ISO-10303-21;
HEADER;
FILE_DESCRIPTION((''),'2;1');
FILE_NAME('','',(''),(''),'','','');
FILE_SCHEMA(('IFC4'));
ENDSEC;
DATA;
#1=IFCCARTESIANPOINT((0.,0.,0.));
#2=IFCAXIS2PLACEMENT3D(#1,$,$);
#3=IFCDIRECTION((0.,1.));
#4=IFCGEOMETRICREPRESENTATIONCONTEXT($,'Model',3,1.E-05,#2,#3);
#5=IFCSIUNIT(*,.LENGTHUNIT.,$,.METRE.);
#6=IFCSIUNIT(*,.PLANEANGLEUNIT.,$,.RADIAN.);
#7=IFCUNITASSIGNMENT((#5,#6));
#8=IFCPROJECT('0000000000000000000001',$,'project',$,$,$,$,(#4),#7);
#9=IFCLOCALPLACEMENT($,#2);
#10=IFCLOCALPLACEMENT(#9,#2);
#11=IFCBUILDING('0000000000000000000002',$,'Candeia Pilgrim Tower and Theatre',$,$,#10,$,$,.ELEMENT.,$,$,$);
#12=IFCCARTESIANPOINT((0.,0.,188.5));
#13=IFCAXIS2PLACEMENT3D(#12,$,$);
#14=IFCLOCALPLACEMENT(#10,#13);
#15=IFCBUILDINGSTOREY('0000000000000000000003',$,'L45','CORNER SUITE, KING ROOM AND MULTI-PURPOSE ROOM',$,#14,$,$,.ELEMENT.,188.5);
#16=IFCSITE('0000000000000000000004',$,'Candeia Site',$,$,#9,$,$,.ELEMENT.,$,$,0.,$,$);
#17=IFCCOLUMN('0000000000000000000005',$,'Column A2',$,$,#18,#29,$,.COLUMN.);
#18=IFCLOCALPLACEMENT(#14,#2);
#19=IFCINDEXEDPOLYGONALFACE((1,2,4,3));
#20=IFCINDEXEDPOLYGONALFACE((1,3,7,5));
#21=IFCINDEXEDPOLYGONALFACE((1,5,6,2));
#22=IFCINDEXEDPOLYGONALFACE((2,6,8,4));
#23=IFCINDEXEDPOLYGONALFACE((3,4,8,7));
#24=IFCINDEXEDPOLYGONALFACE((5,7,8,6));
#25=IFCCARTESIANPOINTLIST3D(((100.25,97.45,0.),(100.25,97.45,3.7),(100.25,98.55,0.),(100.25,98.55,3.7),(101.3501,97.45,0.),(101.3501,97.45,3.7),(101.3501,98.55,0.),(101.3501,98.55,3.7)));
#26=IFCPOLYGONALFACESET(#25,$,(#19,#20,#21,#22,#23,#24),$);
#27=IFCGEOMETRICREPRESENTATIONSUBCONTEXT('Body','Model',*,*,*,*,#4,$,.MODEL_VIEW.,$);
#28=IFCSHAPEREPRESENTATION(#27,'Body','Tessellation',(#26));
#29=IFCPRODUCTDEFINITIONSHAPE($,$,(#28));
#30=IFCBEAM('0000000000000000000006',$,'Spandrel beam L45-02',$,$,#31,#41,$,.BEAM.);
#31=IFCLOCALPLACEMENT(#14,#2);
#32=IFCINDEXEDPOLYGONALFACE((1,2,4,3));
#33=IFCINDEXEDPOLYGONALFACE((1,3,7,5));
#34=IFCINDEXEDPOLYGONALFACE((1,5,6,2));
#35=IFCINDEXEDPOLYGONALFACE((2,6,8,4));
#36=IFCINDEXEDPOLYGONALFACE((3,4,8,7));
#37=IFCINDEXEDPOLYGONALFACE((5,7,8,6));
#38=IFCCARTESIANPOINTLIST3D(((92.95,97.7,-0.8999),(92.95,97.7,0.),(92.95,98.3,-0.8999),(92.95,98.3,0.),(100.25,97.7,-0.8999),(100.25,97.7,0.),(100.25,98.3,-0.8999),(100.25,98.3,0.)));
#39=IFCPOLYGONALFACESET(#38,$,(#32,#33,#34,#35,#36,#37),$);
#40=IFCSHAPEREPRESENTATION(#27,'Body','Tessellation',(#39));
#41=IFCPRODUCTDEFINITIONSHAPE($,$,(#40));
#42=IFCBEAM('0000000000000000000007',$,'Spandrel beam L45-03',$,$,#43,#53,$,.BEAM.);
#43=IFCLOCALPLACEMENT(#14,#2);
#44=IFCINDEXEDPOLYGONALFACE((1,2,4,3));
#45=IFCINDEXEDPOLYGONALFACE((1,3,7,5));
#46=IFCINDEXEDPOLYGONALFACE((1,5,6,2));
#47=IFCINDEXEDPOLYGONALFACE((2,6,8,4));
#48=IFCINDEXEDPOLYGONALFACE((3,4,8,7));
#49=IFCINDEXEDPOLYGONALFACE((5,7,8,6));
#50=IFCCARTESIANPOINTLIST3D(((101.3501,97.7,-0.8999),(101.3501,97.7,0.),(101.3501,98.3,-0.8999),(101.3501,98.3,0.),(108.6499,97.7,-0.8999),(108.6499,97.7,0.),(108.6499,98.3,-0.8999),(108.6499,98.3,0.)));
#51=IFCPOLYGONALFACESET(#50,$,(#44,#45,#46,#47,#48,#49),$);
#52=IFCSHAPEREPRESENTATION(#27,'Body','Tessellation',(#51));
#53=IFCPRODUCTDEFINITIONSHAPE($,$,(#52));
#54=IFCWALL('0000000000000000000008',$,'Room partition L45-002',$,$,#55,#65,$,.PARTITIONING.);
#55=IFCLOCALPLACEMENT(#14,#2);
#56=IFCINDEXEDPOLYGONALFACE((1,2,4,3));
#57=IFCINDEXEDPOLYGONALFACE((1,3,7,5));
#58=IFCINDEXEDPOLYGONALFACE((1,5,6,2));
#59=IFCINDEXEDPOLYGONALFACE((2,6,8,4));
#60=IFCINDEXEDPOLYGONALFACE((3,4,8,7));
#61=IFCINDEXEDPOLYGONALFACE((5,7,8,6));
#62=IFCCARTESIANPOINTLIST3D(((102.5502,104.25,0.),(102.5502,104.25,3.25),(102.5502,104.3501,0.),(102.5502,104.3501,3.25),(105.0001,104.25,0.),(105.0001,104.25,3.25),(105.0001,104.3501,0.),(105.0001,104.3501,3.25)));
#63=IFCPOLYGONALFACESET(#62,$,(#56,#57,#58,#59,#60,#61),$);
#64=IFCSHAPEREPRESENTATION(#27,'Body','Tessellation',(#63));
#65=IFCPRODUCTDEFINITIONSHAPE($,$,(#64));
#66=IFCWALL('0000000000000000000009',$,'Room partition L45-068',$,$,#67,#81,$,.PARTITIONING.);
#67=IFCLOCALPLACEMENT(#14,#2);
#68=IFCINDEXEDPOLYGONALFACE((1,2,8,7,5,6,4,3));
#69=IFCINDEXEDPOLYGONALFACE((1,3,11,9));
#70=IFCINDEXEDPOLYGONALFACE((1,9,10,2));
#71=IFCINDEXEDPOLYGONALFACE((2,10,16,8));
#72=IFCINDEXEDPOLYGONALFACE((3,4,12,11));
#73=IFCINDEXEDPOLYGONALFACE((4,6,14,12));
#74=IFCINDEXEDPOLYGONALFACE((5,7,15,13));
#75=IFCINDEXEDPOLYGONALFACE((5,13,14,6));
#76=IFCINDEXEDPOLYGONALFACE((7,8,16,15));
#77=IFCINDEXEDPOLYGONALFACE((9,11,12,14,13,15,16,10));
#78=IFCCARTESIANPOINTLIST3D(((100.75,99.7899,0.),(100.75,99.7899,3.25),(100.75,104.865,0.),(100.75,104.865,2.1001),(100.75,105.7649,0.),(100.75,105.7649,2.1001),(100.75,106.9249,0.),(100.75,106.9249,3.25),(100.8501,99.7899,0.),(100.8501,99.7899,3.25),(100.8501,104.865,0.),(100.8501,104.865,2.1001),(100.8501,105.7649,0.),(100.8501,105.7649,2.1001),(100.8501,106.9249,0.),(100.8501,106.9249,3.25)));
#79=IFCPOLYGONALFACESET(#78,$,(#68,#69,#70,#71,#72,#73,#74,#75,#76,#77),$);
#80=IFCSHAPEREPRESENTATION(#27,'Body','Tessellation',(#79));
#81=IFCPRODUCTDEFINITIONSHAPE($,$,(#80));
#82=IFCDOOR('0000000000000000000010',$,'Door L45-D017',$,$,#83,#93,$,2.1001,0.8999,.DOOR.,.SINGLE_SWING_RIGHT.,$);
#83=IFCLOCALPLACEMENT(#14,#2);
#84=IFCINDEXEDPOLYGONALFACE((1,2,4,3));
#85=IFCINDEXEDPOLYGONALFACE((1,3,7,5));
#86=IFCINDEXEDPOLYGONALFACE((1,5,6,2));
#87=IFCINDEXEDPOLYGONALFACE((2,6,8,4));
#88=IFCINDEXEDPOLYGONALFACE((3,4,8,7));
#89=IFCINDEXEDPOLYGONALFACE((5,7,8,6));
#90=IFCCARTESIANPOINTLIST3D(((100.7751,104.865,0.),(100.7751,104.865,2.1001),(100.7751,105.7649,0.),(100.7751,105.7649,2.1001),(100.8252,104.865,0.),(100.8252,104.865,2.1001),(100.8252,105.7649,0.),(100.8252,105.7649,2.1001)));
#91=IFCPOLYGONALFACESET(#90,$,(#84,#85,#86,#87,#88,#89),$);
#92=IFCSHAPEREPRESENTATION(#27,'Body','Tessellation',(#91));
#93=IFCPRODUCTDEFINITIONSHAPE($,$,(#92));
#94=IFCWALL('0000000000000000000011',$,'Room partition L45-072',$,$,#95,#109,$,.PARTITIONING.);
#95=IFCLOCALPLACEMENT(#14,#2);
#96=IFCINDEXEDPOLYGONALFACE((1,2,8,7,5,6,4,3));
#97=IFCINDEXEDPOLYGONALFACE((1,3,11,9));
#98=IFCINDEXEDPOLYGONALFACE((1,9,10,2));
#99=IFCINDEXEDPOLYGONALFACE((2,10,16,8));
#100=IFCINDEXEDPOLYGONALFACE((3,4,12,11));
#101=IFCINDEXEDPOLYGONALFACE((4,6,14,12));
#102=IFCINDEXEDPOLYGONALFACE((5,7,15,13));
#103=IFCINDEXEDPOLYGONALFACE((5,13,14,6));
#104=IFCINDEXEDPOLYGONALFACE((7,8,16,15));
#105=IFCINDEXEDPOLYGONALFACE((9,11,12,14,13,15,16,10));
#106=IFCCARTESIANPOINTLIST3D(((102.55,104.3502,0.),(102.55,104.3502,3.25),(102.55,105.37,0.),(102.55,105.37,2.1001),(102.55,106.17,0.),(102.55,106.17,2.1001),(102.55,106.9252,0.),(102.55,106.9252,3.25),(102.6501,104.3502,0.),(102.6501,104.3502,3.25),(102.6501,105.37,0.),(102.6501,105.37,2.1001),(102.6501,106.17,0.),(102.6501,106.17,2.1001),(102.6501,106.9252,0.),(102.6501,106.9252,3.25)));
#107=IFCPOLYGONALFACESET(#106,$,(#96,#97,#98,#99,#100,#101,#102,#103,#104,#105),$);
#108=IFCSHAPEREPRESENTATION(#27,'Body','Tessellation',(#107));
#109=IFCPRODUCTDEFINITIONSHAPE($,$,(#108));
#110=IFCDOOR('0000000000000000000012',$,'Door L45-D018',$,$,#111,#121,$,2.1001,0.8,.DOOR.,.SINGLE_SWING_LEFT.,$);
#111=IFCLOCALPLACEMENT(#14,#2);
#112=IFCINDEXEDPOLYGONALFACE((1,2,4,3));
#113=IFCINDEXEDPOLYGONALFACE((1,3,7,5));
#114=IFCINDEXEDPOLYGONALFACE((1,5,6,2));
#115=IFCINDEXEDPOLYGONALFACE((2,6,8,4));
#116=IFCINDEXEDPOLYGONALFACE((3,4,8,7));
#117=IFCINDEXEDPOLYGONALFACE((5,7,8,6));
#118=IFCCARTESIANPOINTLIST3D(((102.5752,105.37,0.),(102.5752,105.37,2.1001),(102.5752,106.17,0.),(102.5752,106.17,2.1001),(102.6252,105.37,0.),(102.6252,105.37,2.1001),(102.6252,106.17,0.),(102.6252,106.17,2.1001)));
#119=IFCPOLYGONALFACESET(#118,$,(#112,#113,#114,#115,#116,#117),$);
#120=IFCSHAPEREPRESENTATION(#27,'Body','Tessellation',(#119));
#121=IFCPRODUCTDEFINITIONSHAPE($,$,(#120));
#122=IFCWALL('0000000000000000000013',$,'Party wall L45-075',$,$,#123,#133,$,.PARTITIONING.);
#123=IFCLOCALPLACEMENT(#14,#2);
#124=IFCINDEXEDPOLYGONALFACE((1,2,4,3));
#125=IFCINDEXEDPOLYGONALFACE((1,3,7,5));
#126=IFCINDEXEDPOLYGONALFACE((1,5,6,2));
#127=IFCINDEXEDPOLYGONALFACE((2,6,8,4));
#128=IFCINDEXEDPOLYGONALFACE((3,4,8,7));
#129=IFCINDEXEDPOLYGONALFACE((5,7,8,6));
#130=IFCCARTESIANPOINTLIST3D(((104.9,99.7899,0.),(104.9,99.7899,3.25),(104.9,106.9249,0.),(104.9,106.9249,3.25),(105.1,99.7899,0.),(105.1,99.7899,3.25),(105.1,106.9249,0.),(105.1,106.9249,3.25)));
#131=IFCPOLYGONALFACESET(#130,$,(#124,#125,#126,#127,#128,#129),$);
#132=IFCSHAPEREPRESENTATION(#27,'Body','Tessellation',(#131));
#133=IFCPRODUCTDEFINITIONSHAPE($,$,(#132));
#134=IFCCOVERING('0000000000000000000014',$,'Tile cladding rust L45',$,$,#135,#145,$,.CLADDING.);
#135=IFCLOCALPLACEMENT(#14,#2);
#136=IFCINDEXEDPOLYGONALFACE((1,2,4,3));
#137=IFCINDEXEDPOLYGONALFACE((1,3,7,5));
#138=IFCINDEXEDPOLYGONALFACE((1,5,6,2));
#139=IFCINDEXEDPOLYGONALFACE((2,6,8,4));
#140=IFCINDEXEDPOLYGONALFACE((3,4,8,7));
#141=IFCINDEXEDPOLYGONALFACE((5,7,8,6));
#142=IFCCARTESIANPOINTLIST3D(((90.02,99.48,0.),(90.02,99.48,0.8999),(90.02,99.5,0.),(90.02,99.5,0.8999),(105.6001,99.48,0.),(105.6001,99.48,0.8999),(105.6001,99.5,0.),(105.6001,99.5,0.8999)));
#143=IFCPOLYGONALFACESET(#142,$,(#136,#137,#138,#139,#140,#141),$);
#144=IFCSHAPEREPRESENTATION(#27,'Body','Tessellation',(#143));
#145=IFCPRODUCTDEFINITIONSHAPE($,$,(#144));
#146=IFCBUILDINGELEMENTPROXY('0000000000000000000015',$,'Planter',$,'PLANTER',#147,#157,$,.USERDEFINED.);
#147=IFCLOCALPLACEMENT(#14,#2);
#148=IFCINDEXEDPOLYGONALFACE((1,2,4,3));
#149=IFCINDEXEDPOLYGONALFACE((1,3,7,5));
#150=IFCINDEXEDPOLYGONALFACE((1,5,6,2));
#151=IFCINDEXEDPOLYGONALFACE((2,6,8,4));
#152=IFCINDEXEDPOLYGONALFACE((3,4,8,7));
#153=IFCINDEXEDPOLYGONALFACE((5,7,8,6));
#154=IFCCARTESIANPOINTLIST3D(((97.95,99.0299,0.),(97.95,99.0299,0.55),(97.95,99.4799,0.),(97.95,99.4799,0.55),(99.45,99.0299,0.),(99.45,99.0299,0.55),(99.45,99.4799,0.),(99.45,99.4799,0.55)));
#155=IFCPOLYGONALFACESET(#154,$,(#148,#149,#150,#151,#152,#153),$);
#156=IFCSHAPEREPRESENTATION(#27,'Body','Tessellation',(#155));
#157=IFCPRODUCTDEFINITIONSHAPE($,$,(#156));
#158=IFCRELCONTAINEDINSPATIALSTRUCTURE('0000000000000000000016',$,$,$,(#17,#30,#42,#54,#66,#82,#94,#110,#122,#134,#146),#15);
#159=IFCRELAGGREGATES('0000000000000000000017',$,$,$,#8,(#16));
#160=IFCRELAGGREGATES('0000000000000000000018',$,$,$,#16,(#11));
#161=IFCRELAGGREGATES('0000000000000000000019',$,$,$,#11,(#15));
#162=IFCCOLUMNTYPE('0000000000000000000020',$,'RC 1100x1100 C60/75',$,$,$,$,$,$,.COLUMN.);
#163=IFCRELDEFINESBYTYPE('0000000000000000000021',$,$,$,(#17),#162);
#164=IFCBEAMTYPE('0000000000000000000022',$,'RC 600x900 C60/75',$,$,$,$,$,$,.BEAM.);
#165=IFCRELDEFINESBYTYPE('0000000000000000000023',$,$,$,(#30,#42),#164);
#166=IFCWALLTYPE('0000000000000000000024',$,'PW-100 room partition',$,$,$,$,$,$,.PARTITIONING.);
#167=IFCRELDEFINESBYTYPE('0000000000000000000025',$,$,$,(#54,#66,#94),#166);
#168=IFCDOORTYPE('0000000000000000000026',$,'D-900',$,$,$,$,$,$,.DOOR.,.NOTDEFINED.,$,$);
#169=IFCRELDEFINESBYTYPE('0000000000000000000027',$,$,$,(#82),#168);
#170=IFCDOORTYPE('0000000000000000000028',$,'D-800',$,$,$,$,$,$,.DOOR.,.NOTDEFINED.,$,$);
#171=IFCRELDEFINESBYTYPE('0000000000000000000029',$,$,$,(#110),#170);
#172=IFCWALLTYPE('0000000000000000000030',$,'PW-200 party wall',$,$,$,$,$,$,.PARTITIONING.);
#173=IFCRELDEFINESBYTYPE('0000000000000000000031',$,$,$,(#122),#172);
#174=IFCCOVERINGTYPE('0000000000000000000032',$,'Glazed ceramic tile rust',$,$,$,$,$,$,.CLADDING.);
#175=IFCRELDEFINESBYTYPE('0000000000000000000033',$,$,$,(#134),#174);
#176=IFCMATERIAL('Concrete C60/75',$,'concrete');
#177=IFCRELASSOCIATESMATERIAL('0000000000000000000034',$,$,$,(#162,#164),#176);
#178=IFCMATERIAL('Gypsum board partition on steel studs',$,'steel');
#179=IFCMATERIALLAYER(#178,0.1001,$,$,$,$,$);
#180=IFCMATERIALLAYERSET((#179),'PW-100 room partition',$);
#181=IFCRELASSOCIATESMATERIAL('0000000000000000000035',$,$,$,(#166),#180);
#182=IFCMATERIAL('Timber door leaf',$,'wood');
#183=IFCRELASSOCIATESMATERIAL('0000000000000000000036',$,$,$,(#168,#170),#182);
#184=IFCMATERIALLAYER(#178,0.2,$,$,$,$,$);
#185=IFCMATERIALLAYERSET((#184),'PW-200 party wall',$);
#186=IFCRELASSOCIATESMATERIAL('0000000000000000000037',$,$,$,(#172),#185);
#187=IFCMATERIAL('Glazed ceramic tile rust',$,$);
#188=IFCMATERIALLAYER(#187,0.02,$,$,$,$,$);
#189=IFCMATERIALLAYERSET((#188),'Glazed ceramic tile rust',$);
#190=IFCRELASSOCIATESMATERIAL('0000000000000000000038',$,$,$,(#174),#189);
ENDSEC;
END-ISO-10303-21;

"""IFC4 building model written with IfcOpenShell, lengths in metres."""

from ifc_helpers import new_model, si_unit, direction, frame, frame_2d, origin, origin_2d, place, context, subcontext, project, spatial, rectangle, extrude, material, layer, layer_set, material_profile, profile_set, type_object, element, fill, save


model = new_model("IFC4")

# Units and contexts
model_context = context("Model", 3, precision=1e-05, world=origin(), true_north=direction((0.0, 1.0)))
body_context = subcontext(model_context, "Body", "Model", "MODEL_VIEW")
ifc_project = project(units=[si_unit("LENGTHUNIT", "METRE"), si_unit("PLANEANGLEUNIT", "RADIAN")], contexts=[model_context])

# Site, building, storey
site_placement = place(None, origin())
site = spatial("IfcSite", under=ifc_project, at=site_placement, Name="Candeia Site", CompositionType="ELEMENT", RefElevation=0.0)
building_placement = place(site_placement, origin())
building = spatial("IfcBuilding", under=site, at=building_placement, Name="Candeia Pilgrim Tower and Theatre", CompositionType="ELEMENT")
storey_placement = place(building_placement, frame((0.0, 0.0, 188.5)))
storey = spatial("IfcBuildingStorey", under=building, at=storey_placement, Name="L45", Description="CORNER SUITE, KING ROOM AND MULTI-PURPOSE ROOM", CompositionType="ELEMENT", Elevation=188.5)

# Column
ifc_material_1 = material(Name="Concrete C60/75", Category="concrete")
ifc_material_profile_1 = material_profile(ifc_material_1, rectangle(XDim=1.1001, YDim=1.1001, at=origin_2d()))
ifc_profile_set_1 = profile_set([ifc_material_profile_1], Name="Concrete C60/75")
column_type = type_object("IfcColumnType", Name="RC 1100x1100 C60/75", PredefinedType="COLUMN", material=ifc_profile_set_1)
column_placement = place(storey_placement, frame((100.8, 98.0, 0.0), z_axis=(0.0, 0.0, 1.0), x_axis=(1.0, 0.0, 0.0)))
element("IfcColumn", 1, at=column_placement, inside=storey, type_object=column_type, Name="Column A2", PredefinedType="COLUMN", context=body_context, shape_type="SweptSolid", body=[
    extrude(rectangle(XDim=1.1001, YDim=1.1001, at=origin_2d()), origin(), (0.0, 0.0, 1.0), 3.7),
])

# Beams
ifc_material_profile_2 = material_profile(ifc_material_1, rectangle(XDim=0.6001, YDim=0.8999, at=origin_2d()))
ifc_profile_set_2 = profile_set([ifc_material_profile_2], Name="Concrete C60/75")
beam_type = type_object("IfcBeamType", Name="RC 600x900 C60/75", PredefinedType="BEAM", material=ifc_profile_set_2)
beam_1_placement = place(storey_placement, frame((92.95, 98.0, -0.45), z_axis=(1.0, 0.0, 0.0), x_axis=(0.0, 1.0, 0.0)))
element("IfcBeam", 2, at=beam_1_placement, inside=storey, type_object=beam_type, Name="Spandrel beam L45-02", PredefinedType="BEAM", context=body_context, shape_type="SweptSolid", body=[
    extrude(rectangle(XDim=0.6001, YDim=0.8999, at=origin_2d()), origin(), (0.0, 0.0, 1.0), 7.3),
])
beam_2_placement = place(storey_placement, frame((101.3501, 98.0, -0.45), z_axis=(1.0, 0.0, 0.0), x_axis=(0.0, 1.0, 0.0)))
element("IfcBeam", 3, at=beam_2_placement, inside=storey, type_object=beam_type, Name="Spandrel beam L45-03", PredefinedType="BEAM", context=body_context, shape_type="SweptSolid", body=[
    extrude(rectangle(XDim=0.6001, YDim=0.8999, at=origin_2d()), origin(), (0.0, 0.0, 1.0), 7.2998),
])

# Wall
ifc_material_2 = material(Name="Gypsum board partition on steel studs", Category="steel")
ifc_layer_1 = layer(ifc_material_2, 0.1001)
ifc_layer_set_1 = layer_set([ifc_layer_1], Name="PW-100 room partition")
wall_type_1 = type_object("IfcWallType", Name="PW-100 room partition", PredefinedType="PARTITIONING", material=ifc_layer_set_1)
wall_1_placement = place(storey_placement, frame((102.55, 104.3, 0.0), z_axis=(0.0, 0.0, 1.0), x_axis=(1.0, 0.0, 0.0)))
element("IfcWall", 4, at=wall_1_placement, inside=storey, type_object=wall_type_1, Name="Room partition L45-002", PredefinedType="PARTITIONING", context=body_context, shape_type="SweptSolid", body=[
    extrude(rectangle(XDim=2.45, YDim=0.1001, at=frame_2d((1.2251, 0.0))), origin(), (0.0, 0.0, 1.0), 3.25),
])

# Walls, openings, doors
wall_2_placement = place(storey_placement, frame((100.8, 99.79, 0.0), z_axis=(0.0, 0.0, 1.0), x_axis=(0.0, 1.0, 0.0)))
wall_2 = element("IfcWall", 5, at=wall_2_placement, inside=storey, type_object=wall_type_1, Name="Room partition L45-068", PredefinedType="PARTITIONING", context=body_context, shape_type="SweptSolid", body=[
    extrude(rectangle(XDim=7.135, YDim=0.1001, at=frame_2d((3.5674, 0.0))), origin(), (0.0, 0.0, 1.0), 3.25),
])
opening_1_placement = place(wall_2_placement, frame((5.075, 0.0, 0.0)))
opening_1 = element("IfcOpeningElement", 6, at=opening_1_placement, cuts=wall_2, PredefinedType="OPENING", context=body_context, shape_type="SweptSolid", body=[
    extrude(rectangle(XDim=0.8999, YDim=2.1001, at=frame_2d((0.45, 1.05))), frame((0.0, 0.0601, 0.0), z_axis=(0.0, -1.0, 0.0), x_axis=(1.0, 0.0, 0.0)), (0.0, 0.0, 1.0), 0.1201),
])
ifc_material_3 = material(Name="Timber door leaf", Category="wood")
door_type_1 = type_object("IfcDoorType", Name="D-900", OperationType="NOTDEFINED", PredefinedType="DOOR", material=ifc_material_3)
door_1_placement = place(opening_1_placement, origin())
door_1 = element("IfcDoor", 7, at=door_1_placement, inside=storey, type_object=door_type_1, Name="Door L45-D017", OperationType="SINGLE_SWING_RIGHT", OverallHeight=2.1001, OverallWidth=0.8999, PredefinedType="DOOR", context=body_context, shape_type="SweptSolid", body=[
    extrude(rectangle(XDim=0.8999, YDim=2.1001, at=frame_2d((0.45, 1.05))), frame((0.0, 0.0249, 0.0), z_axis=(0.0, -1.0, 0.0), x_axis=(1.0, 0.0, 0.0)), (0.0, 0.0, 1.0), 0.05),
])
fill(opening_1, door_1)
wall_3_placement = place(storey_placement, frame((102.6001, 104.3501, 0.0), z_axis=(0.0, 0.0, 1.0), x_axis=(0.0, 1.0, 0.0)))
wall_3 = element("IfcWall", 8, at=wall_3_placement, inside=storey, type_object=wall_type_1, Name="Room partition L45-072", PredefinedType="PARTITIONING", context=body_context, shape_type="SweptSolid", body=[
    extrude(rectangle(XDim=2.575, YDim=0.1001, at=frame_2d((1.2876, 0.0))), origin(), (0.0, 0.0, 1.0), 3.25),
])
opening_2_placement = place(wall_3_placement, frame((1.02, 0.0, 0.0)))
opening_2 = element("IfcOpeningElement", 9, at=opening_2_placement, cuts=wall_3, PredefinedType="OPENING", context=body_context, shape_type="SweptSolid", body=[
    extrude(rectangle(XDim=0.8, YDim=2.1001, at=frame_2d((0.3999, 1.05))), frame((0.0, 0.0601, 0.0), z_axis=(0.0, -1.0, 0.0), x_axis=(1.0, 0.0, 0.0)), (0.0, 0.0, 1.0), 0.1201),
])
door_type_2 = type_object("IfcDoorType", Name="D-800", OperationType="NOTDEFINED", PredefinedType="DOOR", material=ifc_material_3)
door_2_placement = place(opening_2_placement, origin())
door_2 = element("IfcDoor", 10, at=door_2_placement, inside=storey, type_object=door_type_2, Name="Door L45-D018", OperationType="SINGLE_SWING_LEFT", OverallHeight=2.1001, OverallWidth=0.8, PredefinedType="DOOR", context=body_context, shape_type="SweptSolid", body=[
    extrude(rectangle(XDim=0.8, YDim=2.1001, at=frame_2d((0.3999, 1.05))), frame((0.0, 0.0249, 0.0), z_axis=(0.0, -1.0, 0.0), x_axis=(1.0, 0.0, 0.0)), (0.0, 0.0, 1.0), 0.05),
])
fill(opening_2, door_2)

# Wall
ifc_layer_2 = layer(ifc_material_2, 0.2)
ifc_layer_set_2 = layer_set([ifc_layer_2], Name="PW-200 party wall")
wall_type_2 = type_object("IfcWallType", Name="PW-200 party wall", PredefinedType="PARTITIONING", material=ifc_layer_set_2)
wall_4_placement = place(storey_placement, frame((105.0, 99.79, 0.0), z_axis=(0.0, 0.0, 1.0), x_axis=(0.0, 1.0, 0.0)))
element("IfcWall", 11, at=wall_4_placement, inside=storey, type_object=wall_type_2, Name="Party wall L45-075", PredefinedType="PARTITIONING", context=body_context, shape_type="SweptSolid", body=[
    extrude(rectangle(XDim=7.135, YDim=0.2, at=frame_2d((3.5674, 0.0))), origin(), (0.0, 0.0, 1.0), 3.25),
])

# Covering
ifc_material_4 = material(Name="Glazed ceramic tile rust")
ifc_layer_3 = layer(ifc_material_4, 0.02)
ifc_layer_set_3 = layer_set([ifc_layer_3], Name="Glazed ceramic tile rust")
covering_type = type_object("IfcCoveringType", Name="Glazed ceramic tile rust", PredefinedType="CLADDING", material=ifc_layer_set_3)
covering_placement = place(storey_placement, frame((97.8101, 99.49, 0.0), z_axis=(0.0, 0.0, 1.0), x_axis=(1.0, 0.0, 0.0)))
element("IfcCovering", 12, at=covering_placement, inside=storey, type_object=covering_type, Name="Tile cladding rust L45", PredefinedType="CLADDING", context=body_context, shape_type="SweptSolid", body=[
    extrude(rectangle(XDim=15.5801, YDim=0.02, at=origin_2d()), origin(), (0.0, 0.0, 1.0), 0.8999),
])

# Building element proxy
proxy_placement = place(storey_placement, frame((98.7, 99.2549, 0.0), z_axis=(0.0, 0.0, 1.0), x_axis=(1.0, 0.0, 0.0)))
element("IfcBuildingElementProxy", 13, at=proxy_placement, inside=storey, Name="Planter", ObjectType="PLANTER", PredefinedType="USERDEFINED", context=body_context, shape_type="SweptSolid", body=[
    extrude(rectangle(XDim=1.5, YDim=0.45, at=origin_2d()), origin(), (0.0, 0.0, 1.0), 0.55),
])

save(model, "model.ifc")
